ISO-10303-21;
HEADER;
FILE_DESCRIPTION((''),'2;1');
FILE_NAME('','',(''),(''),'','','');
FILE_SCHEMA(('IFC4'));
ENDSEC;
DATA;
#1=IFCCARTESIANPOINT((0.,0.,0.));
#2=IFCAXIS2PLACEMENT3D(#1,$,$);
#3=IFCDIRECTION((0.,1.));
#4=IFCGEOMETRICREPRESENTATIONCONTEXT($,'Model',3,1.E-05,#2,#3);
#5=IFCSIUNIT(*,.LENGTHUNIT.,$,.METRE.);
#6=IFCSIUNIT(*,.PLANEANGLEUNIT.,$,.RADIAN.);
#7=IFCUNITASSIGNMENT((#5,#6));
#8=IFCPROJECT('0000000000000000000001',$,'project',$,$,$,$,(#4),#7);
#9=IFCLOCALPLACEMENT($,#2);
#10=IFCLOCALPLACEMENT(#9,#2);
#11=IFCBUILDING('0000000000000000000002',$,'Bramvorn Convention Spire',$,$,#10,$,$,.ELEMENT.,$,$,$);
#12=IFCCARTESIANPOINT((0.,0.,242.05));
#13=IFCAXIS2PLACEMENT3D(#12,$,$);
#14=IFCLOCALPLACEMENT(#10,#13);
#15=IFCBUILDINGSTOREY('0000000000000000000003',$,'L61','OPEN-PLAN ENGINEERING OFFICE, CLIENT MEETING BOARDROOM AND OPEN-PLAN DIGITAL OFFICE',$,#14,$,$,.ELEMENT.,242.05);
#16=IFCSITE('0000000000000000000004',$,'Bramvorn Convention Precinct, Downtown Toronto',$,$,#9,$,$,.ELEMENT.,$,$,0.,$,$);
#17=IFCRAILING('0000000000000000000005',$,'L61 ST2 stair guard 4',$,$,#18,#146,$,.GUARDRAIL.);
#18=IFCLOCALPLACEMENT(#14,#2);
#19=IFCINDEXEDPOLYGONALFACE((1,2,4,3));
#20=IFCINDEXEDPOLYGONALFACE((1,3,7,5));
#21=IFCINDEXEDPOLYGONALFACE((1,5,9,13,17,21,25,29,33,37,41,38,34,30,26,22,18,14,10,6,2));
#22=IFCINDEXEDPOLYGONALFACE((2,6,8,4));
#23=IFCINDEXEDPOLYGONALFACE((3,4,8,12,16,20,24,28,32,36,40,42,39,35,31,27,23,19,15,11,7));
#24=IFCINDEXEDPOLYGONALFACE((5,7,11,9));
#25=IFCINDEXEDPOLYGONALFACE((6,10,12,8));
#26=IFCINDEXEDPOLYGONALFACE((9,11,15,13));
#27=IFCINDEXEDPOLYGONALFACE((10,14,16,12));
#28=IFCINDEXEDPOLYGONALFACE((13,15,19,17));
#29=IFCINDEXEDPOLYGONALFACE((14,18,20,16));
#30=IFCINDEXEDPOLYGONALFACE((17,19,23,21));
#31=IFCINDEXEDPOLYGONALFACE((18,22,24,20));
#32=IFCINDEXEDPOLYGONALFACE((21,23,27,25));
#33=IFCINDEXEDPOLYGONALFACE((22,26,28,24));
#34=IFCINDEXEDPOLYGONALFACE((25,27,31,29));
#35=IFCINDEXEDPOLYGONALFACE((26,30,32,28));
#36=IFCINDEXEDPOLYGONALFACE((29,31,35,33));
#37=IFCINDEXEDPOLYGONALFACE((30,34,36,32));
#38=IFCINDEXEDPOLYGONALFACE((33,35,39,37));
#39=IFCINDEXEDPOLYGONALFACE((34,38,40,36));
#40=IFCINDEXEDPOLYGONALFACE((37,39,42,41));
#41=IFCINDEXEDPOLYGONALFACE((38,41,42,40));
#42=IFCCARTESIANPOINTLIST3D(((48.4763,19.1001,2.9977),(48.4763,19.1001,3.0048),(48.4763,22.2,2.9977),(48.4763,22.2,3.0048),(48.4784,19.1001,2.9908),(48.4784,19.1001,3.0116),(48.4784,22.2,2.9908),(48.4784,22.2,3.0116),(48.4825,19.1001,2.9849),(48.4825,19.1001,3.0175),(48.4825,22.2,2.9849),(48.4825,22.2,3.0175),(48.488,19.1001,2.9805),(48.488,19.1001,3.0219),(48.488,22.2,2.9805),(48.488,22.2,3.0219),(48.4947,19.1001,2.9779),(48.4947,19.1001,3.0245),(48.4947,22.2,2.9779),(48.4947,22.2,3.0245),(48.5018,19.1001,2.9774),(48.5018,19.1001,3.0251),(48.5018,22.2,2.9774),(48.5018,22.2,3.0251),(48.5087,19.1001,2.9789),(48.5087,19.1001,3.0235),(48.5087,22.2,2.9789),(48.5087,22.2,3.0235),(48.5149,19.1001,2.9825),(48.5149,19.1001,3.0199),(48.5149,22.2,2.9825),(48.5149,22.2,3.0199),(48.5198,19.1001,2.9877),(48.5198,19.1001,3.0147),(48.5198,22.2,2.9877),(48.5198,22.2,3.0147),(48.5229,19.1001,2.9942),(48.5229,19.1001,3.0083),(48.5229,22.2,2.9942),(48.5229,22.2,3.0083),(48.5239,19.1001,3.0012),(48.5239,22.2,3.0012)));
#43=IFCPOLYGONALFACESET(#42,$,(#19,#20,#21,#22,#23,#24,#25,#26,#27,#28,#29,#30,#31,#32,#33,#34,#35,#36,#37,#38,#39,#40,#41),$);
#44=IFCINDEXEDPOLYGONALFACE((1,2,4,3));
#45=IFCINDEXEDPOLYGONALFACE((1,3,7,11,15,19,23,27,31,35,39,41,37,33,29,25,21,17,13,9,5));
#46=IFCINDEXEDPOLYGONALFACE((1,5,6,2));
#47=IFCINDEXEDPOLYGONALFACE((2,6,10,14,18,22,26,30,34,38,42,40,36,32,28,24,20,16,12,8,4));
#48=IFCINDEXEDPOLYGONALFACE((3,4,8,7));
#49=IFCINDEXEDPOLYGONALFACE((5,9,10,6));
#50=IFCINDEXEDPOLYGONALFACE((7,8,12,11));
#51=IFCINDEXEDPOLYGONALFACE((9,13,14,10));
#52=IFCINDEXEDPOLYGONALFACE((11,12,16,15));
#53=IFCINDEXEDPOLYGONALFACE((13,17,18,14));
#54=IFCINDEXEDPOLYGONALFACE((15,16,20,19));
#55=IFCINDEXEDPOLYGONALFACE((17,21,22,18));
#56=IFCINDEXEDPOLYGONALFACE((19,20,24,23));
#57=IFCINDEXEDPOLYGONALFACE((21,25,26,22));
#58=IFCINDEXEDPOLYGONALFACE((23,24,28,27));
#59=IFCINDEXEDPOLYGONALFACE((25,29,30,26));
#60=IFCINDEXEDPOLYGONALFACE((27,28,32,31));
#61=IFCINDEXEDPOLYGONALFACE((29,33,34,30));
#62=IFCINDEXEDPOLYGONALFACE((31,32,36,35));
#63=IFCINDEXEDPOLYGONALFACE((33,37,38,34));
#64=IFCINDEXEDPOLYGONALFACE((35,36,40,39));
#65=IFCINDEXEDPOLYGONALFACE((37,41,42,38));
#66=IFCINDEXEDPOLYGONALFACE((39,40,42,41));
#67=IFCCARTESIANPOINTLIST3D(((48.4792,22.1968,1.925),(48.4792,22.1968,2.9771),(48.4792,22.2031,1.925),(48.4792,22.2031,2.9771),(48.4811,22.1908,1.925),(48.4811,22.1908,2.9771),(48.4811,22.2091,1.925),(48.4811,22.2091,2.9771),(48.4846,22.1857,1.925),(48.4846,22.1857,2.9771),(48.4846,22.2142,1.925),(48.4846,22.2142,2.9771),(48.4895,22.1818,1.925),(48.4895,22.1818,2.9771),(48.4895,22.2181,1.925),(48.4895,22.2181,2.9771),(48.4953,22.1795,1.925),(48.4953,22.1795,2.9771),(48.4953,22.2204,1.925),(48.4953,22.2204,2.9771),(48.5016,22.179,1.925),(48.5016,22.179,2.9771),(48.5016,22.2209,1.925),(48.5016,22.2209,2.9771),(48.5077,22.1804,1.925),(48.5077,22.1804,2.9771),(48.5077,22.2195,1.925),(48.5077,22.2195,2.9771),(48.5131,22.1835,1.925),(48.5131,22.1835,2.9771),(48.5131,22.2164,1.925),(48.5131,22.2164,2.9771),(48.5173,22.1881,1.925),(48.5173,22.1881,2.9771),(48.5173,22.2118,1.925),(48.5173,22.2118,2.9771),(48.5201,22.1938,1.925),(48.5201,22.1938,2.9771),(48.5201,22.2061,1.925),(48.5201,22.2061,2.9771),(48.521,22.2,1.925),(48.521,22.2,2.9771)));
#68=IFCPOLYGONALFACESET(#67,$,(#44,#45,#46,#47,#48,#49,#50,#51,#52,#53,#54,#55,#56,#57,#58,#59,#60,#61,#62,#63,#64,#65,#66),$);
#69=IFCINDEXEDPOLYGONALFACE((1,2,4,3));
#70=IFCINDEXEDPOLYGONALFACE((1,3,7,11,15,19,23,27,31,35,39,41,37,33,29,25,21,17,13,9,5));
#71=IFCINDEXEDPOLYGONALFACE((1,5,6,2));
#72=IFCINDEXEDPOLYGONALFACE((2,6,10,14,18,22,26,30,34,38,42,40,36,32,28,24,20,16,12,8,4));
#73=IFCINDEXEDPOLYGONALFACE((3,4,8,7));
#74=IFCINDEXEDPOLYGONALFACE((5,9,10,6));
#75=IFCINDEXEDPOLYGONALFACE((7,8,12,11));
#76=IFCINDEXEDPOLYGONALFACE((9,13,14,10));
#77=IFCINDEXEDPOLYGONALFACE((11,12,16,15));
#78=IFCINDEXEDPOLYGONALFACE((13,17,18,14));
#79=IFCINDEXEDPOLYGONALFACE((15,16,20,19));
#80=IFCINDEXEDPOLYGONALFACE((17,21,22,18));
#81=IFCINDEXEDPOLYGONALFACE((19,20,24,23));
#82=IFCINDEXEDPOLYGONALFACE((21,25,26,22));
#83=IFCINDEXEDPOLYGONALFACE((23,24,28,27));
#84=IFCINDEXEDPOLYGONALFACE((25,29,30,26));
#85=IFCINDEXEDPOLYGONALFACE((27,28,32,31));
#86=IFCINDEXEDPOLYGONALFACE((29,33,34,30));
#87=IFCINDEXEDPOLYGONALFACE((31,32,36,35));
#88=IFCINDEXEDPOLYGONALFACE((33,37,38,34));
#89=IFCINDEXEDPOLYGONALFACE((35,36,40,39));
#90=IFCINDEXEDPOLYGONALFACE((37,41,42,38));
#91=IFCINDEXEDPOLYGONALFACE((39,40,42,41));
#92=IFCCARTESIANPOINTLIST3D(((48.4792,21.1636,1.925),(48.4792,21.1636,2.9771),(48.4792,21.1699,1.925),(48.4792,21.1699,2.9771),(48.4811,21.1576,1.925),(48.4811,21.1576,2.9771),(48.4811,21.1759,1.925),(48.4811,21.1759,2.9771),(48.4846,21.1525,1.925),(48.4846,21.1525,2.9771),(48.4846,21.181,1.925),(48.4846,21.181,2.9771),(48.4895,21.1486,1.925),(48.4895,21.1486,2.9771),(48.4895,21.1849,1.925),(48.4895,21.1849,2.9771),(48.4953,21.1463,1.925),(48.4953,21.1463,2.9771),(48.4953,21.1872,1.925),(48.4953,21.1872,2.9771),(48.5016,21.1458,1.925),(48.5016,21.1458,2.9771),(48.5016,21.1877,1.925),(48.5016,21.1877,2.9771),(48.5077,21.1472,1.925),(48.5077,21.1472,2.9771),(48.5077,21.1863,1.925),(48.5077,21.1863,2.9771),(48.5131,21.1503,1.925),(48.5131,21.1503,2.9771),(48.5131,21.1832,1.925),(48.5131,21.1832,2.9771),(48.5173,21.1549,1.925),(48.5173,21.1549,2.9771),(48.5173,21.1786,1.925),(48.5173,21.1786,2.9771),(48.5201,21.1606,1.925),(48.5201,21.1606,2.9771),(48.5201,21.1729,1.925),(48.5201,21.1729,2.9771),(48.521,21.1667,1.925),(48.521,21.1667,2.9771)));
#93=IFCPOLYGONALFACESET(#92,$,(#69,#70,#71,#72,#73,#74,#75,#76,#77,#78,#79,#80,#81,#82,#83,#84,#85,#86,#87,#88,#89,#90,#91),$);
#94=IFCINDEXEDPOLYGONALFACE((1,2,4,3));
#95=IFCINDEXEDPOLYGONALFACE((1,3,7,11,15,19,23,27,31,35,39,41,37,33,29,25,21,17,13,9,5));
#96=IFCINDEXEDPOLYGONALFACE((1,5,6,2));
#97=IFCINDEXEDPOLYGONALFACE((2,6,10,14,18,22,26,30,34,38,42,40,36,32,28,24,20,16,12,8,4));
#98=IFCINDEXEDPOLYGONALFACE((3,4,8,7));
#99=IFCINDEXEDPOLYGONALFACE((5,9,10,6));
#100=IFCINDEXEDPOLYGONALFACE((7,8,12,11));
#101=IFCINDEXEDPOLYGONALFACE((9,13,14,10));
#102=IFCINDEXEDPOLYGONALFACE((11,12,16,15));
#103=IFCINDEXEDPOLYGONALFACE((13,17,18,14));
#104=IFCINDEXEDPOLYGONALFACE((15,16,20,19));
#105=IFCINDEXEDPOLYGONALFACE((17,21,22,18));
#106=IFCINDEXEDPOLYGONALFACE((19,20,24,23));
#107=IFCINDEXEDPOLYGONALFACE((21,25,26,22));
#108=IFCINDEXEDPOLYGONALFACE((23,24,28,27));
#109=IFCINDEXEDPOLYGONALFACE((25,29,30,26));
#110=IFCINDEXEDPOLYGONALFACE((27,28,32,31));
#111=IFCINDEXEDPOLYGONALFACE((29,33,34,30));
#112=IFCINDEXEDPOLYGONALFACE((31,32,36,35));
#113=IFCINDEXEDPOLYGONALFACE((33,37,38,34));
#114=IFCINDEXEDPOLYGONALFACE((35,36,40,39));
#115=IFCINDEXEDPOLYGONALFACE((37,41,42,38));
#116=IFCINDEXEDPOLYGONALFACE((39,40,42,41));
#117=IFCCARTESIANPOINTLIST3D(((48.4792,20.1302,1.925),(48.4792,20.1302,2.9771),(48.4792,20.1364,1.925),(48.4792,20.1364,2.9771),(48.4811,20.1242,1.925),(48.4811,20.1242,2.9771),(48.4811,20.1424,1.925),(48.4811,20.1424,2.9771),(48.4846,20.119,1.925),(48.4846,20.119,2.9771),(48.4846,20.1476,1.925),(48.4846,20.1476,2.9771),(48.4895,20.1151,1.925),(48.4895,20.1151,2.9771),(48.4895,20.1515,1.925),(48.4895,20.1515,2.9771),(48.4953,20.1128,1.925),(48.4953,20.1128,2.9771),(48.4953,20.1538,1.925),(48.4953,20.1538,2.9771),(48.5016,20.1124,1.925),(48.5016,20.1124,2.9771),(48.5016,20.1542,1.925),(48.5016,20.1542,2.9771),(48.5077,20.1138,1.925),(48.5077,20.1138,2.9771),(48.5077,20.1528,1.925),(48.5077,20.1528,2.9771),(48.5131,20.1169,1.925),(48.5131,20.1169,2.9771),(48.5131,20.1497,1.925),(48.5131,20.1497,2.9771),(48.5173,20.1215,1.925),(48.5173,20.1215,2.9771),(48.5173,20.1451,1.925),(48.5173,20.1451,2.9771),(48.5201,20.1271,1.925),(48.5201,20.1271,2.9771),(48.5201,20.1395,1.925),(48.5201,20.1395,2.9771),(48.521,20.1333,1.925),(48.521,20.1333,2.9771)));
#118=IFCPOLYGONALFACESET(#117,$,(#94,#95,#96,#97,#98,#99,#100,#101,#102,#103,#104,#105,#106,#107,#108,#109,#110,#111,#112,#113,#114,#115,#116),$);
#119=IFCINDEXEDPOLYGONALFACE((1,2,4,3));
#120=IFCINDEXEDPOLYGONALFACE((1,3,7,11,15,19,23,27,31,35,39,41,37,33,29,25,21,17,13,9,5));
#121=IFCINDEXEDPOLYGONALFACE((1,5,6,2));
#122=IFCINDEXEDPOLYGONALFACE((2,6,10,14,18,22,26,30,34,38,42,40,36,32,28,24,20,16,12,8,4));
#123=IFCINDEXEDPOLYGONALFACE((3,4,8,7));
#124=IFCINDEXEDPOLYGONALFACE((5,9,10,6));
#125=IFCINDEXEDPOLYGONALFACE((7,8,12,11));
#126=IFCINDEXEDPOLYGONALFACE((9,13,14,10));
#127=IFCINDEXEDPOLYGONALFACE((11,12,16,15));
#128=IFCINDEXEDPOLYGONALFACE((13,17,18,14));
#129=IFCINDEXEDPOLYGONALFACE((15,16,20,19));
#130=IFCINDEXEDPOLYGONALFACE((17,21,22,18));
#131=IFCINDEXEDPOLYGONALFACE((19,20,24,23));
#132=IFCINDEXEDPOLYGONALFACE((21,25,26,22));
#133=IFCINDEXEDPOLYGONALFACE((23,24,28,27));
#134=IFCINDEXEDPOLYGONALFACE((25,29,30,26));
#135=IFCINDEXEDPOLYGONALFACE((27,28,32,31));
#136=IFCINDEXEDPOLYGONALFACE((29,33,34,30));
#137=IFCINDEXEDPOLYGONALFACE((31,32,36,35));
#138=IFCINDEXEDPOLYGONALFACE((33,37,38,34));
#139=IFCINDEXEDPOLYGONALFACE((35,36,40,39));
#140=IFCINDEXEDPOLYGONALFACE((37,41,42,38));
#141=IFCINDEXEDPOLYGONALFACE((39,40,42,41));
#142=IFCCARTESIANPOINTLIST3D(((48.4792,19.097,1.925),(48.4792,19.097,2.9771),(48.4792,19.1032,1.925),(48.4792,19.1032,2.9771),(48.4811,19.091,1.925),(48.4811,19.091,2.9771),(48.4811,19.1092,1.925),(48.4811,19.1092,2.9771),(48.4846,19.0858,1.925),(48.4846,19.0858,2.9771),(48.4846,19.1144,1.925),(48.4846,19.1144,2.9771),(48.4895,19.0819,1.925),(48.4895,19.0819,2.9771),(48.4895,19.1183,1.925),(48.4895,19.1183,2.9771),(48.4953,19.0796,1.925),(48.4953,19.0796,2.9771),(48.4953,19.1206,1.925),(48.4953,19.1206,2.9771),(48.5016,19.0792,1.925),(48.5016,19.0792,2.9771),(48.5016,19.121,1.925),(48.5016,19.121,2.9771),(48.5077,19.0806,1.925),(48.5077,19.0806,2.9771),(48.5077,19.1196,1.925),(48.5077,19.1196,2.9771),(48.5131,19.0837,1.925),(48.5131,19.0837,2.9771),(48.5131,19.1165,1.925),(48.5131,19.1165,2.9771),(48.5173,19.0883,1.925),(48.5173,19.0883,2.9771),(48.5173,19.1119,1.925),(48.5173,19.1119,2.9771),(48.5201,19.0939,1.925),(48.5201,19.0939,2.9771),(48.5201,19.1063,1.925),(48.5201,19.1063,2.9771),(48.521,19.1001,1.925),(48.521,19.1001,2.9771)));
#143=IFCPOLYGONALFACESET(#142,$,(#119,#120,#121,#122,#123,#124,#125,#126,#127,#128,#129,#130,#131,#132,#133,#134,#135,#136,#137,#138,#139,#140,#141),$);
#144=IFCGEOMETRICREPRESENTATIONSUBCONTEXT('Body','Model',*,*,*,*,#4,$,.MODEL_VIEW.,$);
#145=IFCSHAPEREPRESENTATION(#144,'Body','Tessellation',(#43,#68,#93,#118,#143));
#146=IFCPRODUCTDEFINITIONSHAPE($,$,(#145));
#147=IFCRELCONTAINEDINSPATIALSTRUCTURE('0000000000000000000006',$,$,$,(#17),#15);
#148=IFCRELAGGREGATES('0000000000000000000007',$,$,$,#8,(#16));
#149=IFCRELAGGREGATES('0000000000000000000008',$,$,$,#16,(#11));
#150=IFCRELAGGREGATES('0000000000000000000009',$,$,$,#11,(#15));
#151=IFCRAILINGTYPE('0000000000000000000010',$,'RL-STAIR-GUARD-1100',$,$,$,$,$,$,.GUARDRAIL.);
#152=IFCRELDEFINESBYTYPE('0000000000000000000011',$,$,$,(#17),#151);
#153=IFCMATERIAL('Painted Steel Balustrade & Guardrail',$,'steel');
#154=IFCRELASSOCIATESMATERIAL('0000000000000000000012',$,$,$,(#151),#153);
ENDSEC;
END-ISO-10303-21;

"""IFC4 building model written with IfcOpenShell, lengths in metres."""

from ifc_helpers import new_model, si_unit, direction, frame, origin, origin_2d, place, context, subcontext, project, spatial, circle, extrude, material, type_object, element, save


model = new_model("IFC4")

# Units and contexts
model_context = context("Model", 3, precision=1e-05, world=origin(), true_north=direction((0.0, 1.0)))
body_context = subcontext(model_context, "Body", "Model", "MODEL_VIEW")
ifc_project = project(units=[si_unit("LENGTHUNIT", "METRE"), si_unit("PLANEANGLEUNIT", "RADIAN")], contexts=[model_context])

# Site, building, storey
site_placement = place(None, origin())
site = spatial("IfcSite", under=ifc_project, at=site_placement, Name="Bramvorn Convention Precinct, Downtown Toronto", CompositionType="ELEMENT", RefElevation=0.0)
building_placement = place(site_placement, origin())
building = spatial("IfcBuilding", under=site, at=building_placement, Name="Bramvorn Convention Spire", CompositionType="ELEMENT")
storey_placement = place(building_placement, frame((0.0, 0.0, 242.05)))
storey = spatial("IfcBuildingStorey", under=building, at=storey_placement, Name="L61", Description="OPEN-PLAN ENGINEERING OFFICE, CLIENT MEETING BOARDROOM AND OPEN-PLAN DIGITAL OFFICE", CompositionType="ELEMENT", Elevation=242.05)

# Railing
ifc_material_1 = material(Name="Painted Steel Balustrade & Guardrail", Category="steel")
railing_type_1 = type_object("IfcRailingType", Name="RL-STAIR-GUARD-1100", PredefinedType="GUARDRAIL", material=ifc_material_1)
railing_1_placement = place(storey_placement, frame((48.5, 22.2, 1.925)))
element("IfcRailing", 1, at=railing_1_placement, inside=storey, type_object=railing_type_1, Name="L61 ST2 stair guard 4", PredefinedType="GUARDRAIL", context=body_context, shape_type="SweptSolid", body=[
    extrude(circle(Radius=0.0239, at=origin_2d()), frame((0.0, 0.0, 1.0762), z_axis=(0.0, -1.0, 0.0), x_axis=(1.0, 0.0, 0.0)), (0.0, 0.0, 1.0), 3.0999),
    extrude(circle(Radius=0.021, at=origin_2d()), origin(), (0.0, 0.0, 1.0), 1.052),
    extrude(circle(Radius=0.021, at=origin_2d()), frame((0.0, -1.0332, 0.0)), (0.0, 0.0, 1.0), 1.052),
    extrude(circle(Radius=0.021, at=origin_2d()), frame((0.0, -2.0667, 0.0)), (0.0, 0.0, 1.0), 1.052),
    extrude(circle(Radius=0.021, at=origin_2d()), frame((0.0, -3.0999, 0.0)), (0.0, 0.0, 1.0), 1.052),
])

save(model, "model.ifc")
